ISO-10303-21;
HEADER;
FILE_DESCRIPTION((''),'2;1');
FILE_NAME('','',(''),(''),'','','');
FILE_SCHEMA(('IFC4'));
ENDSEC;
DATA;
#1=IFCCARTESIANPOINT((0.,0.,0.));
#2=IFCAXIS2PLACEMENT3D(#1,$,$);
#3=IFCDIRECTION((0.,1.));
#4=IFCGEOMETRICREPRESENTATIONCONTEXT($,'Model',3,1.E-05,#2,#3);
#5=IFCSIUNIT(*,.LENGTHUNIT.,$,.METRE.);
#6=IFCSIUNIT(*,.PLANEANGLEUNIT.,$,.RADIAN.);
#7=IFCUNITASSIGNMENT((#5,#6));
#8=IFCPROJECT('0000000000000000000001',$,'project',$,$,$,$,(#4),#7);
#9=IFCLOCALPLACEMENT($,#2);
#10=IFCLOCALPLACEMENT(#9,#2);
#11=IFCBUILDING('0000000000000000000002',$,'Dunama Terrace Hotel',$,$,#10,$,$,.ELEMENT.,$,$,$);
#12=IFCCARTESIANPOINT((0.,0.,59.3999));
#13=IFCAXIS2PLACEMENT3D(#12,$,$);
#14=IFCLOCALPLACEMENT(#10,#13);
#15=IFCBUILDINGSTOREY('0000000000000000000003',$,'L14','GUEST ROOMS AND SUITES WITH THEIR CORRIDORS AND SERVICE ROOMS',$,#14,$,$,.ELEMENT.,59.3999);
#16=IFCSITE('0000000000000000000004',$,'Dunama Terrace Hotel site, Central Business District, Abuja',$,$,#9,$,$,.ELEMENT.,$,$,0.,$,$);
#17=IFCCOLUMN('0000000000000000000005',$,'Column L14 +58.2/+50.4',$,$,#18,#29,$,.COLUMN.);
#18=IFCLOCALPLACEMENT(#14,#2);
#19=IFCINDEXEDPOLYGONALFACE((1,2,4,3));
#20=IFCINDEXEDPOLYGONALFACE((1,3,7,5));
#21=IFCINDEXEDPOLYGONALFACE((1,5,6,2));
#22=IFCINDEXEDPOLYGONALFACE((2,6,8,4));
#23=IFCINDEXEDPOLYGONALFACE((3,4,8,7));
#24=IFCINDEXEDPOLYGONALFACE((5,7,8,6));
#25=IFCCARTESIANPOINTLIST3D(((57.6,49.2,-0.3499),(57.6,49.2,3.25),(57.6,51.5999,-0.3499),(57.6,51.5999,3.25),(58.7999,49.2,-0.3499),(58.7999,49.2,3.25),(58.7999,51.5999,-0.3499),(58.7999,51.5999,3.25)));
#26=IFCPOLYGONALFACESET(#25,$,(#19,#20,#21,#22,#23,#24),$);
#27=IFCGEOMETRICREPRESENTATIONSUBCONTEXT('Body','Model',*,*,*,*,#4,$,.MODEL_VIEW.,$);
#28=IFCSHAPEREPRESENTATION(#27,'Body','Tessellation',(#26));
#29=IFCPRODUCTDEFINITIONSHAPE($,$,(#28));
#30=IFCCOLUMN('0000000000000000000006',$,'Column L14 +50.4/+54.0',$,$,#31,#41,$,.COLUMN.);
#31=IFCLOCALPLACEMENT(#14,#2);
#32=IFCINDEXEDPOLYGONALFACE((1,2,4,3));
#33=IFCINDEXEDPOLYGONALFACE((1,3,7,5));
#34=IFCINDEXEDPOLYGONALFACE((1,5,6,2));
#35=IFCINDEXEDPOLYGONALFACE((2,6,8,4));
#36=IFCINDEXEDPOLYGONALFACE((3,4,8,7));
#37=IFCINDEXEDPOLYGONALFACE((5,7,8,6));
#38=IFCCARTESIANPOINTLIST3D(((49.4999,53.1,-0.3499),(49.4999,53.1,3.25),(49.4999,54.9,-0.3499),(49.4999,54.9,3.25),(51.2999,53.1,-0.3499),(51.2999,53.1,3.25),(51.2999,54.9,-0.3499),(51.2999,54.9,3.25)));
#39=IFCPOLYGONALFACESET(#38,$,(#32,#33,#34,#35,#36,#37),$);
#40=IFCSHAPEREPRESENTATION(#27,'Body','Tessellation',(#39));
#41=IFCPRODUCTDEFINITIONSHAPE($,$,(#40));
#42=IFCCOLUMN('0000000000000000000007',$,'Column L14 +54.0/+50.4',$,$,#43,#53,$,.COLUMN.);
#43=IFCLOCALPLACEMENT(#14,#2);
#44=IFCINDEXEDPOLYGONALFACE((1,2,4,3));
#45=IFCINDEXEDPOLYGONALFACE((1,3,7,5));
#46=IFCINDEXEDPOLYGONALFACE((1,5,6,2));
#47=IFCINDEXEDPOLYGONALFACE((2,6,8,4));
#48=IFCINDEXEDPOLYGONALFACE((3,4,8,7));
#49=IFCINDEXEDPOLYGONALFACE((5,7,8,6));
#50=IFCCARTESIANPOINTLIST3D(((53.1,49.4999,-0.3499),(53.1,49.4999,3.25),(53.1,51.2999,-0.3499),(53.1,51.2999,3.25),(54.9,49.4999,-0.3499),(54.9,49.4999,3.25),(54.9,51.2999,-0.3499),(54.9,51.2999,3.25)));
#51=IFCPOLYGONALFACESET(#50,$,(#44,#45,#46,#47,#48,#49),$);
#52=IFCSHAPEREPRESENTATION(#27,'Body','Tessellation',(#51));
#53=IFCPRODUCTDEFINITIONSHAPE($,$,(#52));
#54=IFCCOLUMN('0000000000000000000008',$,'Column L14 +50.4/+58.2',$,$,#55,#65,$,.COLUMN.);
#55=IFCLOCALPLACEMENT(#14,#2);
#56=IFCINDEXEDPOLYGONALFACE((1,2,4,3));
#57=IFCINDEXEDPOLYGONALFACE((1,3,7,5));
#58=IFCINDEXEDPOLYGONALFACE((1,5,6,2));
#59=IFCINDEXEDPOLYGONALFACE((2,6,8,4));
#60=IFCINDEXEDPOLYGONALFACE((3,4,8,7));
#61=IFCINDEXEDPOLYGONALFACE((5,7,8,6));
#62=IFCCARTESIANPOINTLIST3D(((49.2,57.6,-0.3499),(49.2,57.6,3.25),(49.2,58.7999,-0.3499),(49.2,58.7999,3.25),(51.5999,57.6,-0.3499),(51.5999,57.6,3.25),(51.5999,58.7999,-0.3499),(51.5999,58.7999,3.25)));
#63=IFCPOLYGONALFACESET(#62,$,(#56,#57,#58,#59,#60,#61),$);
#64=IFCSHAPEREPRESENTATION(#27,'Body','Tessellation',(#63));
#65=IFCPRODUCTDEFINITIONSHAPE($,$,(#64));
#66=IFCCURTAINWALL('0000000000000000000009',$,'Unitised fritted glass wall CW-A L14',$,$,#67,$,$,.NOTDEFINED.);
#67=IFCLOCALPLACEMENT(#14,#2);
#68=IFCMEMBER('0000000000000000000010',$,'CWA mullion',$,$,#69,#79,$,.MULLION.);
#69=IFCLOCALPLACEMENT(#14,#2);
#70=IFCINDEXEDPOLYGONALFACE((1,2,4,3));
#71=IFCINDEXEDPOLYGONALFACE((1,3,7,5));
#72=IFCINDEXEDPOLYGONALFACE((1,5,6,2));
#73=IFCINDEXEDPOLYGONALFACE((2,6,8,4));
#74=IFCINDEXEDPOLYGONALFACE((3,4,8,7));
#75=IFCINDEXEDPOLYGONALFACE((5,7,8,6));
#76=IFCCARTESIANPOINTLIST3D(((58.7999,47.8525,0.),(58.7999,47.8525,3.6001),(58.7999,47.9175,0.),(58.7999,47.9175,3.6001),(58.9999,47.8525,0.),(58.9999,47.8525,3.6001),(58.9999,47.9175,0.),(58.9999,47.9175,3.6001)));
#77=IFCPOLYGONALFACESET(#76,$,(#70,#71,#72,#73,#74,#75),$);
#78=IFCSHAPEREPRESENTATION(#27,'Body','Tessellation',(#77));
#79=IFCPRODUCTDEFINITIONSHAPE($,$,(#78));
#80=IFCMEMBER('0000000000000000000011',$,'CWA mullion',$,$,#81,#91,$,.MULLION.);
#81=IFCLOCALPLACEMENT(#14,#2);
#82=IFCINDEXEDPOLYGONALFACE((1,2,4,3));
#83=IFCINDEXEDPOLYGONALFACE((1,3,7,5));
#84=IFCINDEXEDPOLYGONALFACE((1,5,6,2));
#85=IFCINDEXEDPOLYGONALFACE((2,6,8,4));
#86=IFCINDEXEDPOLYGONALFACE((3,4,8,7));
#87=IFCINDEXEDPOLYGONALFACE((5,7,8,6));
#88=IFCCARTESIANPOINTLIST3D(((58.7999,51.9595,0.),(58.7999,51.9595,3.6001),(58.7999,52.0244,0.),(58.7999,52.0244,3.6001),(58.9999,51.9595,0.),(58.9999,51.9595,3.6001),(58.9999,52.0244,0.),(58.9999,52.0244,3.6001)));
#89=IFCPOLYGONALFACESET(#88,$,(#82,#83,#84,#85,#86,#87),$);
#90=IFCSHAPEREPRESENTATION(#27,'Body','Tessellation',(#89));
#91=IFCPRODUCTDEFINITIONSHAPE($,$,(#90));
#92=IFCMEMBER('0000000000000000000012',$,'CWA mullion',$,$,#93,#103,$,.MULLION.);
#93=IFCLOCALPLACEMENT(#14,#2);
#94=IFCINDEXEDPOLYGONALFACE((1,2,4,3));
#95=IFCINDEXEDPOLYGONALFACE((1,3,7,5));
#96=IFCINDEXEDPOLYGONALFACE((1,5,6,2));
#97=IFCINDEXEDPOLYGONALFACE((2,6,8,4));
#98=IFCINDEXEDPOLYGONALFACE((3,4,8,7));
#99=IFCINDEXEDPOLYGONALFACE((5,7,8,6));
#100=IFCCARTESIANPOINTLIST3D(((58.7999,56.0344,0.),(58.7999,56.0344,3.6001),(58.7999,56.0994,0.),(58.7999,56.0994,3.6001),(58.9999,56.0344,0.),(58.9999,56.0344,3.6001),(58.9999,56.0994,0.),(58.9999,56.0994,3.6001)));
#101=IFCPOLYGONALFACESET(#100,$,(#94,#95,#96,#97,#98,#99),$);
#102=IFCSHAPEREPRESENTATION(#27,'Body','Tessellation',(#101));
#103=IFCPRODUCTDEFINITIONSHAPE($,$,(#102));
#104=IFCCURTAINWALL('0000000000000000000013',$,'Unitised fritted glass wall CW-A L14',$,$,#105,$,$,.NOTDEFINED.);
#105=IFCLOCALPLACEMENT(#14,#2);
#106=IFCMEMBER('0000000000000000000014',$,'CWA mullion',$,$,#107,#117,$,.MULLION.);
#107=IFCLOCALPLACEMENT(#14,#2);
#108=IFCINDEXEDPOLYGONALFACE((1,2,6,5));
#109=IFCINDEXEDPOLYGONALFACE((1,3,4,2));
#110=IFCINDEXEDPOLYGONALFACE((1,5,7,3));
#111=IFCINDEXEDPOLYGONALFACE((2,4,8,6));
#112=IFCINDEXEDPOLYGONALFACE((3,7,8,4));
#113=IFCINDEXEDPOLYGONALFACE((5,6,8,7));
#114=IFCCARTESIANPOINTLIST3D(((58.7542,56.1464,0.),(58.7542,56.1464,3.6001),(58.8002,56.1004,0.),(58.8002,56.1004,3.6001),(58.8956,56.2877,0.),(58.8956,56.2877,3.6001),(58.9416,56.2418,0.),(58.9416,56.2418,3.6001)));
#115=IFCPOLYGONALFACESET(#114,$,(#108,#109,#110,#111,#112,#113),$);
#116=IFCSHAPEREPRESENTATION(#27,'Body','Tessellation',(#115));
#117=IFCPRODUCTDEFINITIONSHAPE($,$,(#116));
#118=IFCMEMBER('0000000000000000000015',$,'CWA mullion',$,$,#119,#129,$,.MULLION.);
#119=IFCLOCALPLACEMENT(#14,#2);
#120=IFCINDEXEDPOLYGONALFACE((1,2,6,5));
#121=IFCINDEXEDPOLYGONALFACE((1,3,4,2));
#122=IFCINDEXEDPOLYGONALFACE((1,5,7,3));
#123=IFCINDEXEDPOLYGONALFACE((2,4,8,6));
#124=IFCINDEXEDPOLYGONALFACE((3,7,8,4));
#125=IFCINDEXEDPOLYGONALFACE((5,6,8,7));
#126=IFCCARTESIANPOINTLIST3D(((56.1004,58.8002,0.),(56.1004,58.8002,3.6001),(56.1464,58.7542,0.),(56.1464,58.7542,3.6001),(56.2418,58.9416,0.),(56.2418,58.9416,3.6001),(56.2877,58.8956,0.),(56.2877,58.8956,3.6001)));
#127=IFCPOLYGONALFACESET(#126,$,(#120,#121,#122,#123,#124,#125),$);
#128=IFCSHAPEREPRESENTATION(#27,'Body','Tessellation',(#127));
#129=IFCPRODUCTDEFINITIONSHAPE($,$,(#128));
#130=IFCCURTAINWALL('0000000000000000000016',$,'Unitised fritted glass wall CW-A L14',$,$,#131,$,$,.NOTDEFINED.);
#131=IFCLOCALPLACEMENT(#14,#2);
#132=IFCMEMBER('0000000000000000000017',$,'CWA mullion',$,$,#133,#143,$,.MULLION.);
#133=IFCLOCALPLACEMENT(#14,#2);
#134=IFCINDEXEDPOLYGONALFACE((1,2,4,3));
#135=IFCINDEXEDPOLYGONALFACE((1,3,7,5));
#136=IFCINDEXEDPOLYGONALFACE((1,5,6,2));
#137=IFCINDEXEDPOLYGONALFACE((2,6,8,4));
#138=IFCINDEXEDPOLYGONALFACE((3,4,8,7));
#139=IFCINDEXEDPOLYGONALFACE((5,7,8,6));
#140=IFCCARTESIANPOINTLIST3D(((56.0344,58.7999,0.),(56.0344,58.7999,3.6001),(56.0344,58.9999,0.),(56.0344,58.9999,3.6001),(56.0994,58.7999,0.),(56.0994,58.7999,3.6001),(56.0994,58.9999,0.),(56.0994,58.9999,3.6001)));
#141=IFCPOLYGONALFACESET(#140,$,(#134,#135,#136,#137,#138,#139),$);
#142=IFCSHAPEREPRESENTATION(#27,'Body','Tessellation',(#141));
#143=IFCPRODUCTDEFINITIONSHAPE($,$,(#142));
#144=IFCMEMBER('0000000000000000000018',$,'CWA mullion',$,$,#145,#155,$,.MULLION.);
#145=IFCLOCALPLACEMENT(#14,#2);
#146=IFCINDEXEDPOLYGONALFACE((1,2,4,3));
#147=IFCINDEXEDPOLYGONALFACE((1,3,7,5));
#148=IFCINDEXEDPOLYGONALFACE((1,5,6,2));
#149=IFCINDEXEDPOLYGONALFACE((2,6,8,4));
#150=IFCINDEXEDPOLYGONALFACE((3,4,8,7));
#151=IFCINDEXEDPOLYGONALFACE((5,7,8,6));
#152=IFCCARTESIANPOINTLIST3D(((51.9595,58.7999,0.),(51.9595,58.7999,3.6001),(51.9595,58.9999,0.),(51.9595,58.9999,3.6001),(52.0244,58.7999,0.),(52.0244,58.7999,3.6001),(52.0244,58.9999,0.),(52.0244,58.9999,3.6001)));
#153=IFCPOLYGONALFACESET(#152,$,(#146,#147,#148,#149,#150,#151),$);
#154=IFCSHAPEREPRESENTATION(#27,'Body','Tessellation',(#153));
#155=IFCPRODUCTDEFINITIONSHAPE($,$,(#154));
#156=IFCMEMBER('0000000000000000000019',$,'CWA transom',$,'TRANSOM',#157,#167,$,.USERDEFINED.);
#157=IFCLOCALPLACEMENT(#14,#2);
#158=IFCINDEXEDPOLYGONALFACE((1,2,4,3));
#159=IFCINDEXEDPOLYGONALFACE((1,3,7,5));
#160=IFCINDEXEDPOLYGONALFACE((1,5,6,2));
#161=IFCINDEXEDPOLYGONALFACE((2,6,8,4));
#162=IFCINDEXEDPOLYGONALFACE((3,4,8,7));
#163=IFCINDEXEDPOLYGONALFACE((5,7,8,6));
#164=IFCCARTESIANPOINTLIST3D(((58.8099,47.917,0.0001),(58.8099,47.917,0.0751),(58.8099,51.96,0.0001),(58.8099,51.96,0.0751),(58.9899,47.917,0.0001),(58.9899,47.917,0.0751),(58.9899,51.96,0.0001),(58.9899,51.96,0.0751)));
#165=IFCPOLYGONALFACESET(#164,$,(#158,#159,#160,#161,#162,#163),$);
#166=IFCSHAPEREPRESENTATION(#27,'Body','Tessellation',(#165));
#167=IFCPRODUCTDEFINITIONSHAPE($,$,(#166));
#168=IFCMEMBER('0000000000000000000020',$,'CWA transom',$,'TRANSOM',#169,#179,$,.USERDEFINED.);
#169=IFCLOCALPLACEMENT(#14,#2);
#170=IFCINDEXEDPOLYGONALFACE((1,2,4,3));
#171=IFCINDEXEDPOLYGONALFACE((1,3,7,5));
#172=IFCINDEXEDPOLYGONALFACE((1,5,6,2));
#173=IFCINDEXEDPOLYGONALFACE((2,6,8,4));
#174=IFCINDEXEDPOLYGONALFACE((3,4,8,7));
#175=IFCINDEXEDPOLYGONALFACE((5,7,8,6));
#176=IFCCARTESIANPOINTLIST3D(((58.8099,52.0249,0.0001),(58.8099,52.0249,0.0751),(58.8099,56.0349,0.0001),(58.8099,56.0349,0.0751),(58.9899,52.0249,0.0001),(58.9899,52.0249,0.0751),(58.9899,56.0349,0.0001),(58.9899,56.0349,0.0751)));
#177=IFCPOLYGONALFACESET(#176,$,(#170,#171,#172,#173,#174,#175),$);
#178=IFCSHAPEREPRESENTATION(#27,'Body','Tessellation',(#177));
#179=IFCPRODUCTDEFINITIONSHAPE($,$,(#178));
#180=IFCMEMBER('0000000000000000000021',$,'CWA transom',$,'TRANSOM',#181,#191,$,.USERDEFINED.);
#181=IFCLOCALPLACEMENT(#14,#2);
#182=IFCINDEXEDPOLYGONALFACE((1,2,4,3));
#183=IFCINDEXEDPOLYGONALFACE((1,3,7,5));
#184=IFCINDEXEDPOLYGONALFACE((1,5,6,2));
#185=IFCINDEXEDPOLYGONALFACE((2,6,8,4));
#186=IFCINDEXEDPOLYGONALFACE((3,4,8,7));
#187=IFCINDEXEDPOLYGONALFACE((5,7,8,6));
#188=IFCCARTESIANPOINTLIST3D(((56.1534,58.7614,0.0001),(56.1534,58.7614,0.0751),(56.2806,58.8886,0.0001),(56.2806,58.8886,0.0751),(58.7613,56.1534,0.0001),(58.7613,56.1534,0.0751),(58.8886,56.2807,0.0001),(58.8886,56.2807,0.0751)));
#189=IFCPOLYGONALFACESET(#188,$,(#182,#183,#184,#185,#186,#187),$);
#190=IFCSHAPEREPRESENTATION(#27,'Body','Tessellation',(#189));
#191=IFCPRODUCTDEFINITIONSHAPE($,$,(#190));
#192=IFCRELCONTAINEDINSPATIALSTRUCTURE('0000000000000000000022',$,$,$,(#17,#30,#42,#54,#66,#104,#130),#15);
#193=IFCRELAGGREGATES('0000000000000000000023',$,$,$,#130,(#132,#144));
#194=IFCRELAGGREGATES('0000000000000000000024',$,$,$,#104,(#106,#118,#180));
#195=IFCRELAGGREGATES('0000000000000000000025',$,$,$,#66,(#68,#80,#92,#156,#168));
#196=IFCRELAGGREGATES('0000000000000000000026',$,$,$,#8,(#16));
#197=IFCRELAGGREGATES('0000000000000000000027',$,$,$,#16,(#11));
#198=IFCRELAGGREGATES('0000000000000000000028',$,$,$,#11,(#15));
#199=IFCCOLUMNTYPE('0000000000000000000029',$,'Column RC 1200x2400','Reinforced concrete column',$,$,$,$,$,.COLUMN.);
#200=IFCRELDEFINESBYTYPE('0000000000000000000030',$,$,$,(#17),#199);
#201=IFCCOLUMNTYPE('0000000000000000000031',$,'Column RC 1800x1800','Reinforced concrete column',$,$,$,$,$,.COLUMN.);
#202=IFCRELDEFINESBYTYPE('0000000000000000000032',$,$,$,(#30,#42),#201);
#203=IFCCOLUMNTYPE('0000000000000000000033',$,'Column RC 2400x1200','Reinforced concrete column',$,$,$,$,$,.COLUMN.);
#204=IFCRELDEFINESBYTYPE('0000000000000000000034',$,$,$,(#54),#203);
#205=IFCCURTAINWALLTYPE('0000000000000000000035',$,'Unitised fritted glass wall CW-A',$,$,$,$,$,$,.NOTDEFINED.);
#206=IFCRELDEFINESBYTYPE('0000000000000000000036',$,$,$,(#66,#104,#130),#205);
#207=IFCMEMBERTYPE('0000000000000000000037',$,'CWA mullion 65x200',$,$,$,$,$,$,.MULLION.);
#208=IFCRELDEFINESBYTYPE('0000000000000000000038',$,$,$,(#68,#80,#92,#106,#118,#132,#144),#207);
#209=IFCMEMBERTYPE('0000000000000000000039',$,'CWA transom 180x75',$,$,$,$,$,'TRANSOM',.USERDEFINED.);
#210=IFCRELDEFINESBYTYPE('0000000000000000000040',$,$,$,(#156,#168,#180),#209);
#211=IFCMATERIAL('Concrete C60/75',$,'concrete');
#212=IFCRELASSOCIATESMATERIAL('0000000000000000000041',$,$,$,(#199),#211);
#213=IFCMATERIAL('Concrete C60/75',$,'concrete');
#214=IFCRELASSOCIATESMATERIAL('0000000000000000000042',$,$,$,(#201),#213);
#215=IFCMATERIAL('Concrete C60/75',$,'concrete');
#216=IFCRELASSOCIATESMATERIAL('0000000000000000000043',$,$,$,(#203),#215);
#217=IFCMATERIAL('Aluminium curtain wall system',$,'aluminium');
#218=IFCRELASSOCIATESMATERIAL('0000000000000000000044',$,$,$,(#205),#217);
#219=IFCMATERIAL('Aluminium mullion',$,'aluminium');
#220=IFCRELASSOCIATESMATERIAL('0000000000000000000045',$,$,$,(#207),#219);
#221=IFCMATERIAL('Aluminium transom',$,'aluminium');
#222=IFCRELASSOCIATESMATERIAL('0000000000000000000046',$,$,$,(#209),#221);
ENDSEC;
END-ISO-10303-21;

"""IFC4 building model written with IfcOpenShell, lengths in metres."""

from ifc_helpers import new_model, si_unit, direction, frame, origin, origin_2d, place, context, subcontext, project, spatial, rectangle, extrude, material, material_profile, profile_set, type_object, element, aggregate, save


model = new_model("IFC4")

# Units and contexts
model_context = context("Model", 3, precision=1e-05, world=origin(), true_north=direction((0.0, 1.0)))
body_context = subcontext(model_context, "Body", "Model", "MODEL_VIEW")
ifc_project = project(units=[si_unit("LENGTHUNIT", "METRE"), si_unit("PLANEANGLEUNIT", "RADIAN")], contexts=[model_context])

# Site, building, storey
site_placement = place(None, origin())
site = spatial("IfcSite", under=ifc_project, at=site_placement, Name="Dunama Terrace Hotel site, Central Business District, Abuja", CompositionType="ELEMENT", RefElevation=0.0)
building_placement = place(site_placement, origin())
building = spatial("IfcBuilding", under=site, at=building_placement, Name="Dunama Terrace Hotel", CompositionType="ELEMENT")
storey_placement = place(building_placement, frame((0.0, 0.0, 59.3999)))
storey = spatial("IfcBuildingStorey", under=building, at=storey_placement, Name="L14", Description="GUEST ROOMS AND SUITES WITH THEIR CORRIDORS AND SERVICE ROOMS", CompositionType="ELEMENT", Elevation=59.3999)

# Columns
ifc_material_1 = material(Name="Concrete C60/75", Category="concrete")
ifc_material_profile_1 = material_profile(ifc_material_1, rectangle(XDim=1.2, YDim=2.3999, at=origin_2d()), Name="RC 1200x2400")
ifc_profile_set_1 = profile_set([ifc_material_profile_1], Name="Concrete C60/75")
column_type_1 = type_object("IfcColumnType", Name="Column RC 1200x2400", Description="Reinforced concrete column", PredefinedType="COLUMN", material=ifc_profile_set_1)
column_1_placement = place(storey_placement, frame((58.2, 50.3999, -0.3499), z_axis=(0.0, 0.0, 1.0), x_axis=(1.0, 0.0, 0.0)))
element("IfcColumn", 1, at=column_1_placement, inside=storey, type_object=column_type_1, Name="Column L14 +58.2/+50.4", PredefinedType="COLUMN", context=body_context, shape_type="SweptSolid", body=[
    extrude(rectangle(XDim=1.2, YDim=2.3999, at=origin_2d()), origin(), (0.0, 0.0, 1.0), 3.5999),
])
ifc_material_2 = material(Name="Concrete C60/75", Category="concrete")
ifc_material_profile_2 = material_profile(ifc_material_2, rectangle(XDim=1.8, YDim=1.8, at=origin_2d()), Name="RC 1800x1800")
ifc_profile_set_2 = profile_set([ifc_material_profile_2], Name="Concrete C60/75")
column_type_2 = type_object("IfcColumnType", Name="Column RC 1800x1800", Description="Reinforced concrete column", PredefinedType="COLUMN", material=ifc_profile_set_2)
for number, where, z_axis, x_axis, name in (
    (2, (50.3999, 54.0, -0.3499), (0.0, 0.0, 1.0), (1.0, 0.0, 0.0), "Column L14 +50.4/+54.0"),
    (3, (54.0, 50.3999, -0.3499), (0.0, 0.0, 1.0), (1.0, 0.0, 0.0), "Column L14 +54.0/+50.4"),
):
    element("IfcColumn", number, at=place(storey_placement, frame(where, z_axis=z_axis, x_axis=x_axis)), inside=storey, type_object=column_type_2, Name=name, PredefinedType="COLUMN", context=body_context, shape_type="SweptSolid", body=[
        extrude(rectangle(XDim=1.8, YDim=1.8, at=origin_2d()), origin(), (0.0, 0.0, 1.0), 3.5999),
    ])
ifc_material_3 = material(Name="Concrete C60/75", Category="concrete")
ifc_material_profile_3 = material_profile(ifc_material_3, rectangle(XDim=2.3999, YDim=1.2, at=origin_2d()), Name="RC 2400x1200")
ifc_profile_set_3 = profile_set([ifc_material_profile_3], Name="Concrete C60/75")
column_type_3 = type_object("IfcColumnType", Name="Column RC 2400x1200", Description="Reinforced concrete column", PredefinedType="COLUMN", material=ifc_profile_set_3)
column_2_placement = place(storey_placement, frame((50.3999, 58.2, -0.3499), z_axis=(0.0, 0.0, 1.0), x_axis=(1.0, 0.0, 0.0)))
element("IfcColumn", 4, at=column_2_placement, inside=storey, type_object=column_type_3, Name="Column L14 +50.4/+58.2", PredefinedType="COLUMN", context=body_context, shape_type="SweptSolid", body=[
    extrude(rectangle(XDim=2.3999, YDim=1.2, at=origin_2d()), origin(), (0.0, 0.0, 1.0), 3.5999),
])

# Curtain walls, members
ifc_material_4 = material(Name="Aluminium curtain wall system", Category="aluminium")
curtain_wall_type = type_object("IfcCurtainWallType", Name="Unitised fritted glass wall CW-A", PredefinedType="NOTDEFINED", material=ifc_material_4)
curtain_wall_1_placement = place(storey_placement, origin())
curtain_wall_1 = element("IfcCurtainWall", 5, at=curtain_wall_1_placement, inside=storey, type_object=curtain_wall_type, Name="Unitised fritted glass wall CW-A L14", PredefinedType="NOTDEFINED")
ifc_material_5 = material(Name="Aluminium mullion", Category="aluminium")
ifc_material_profile_4 = material_profile(ifc_material_5, rectangle(XDim=0.0649, YDim=0.2, at=origin_2d()), Name="CWA MULLION 65X200")
ifc_profile_set_4 = profile_set([ifc_material_profile_4], Name="Aluminium mullion")
member_type_1 = type_object("IfcMemberType", Name="CWA mullion 65x200", PredefinedType="MULLION", material=ifc_profile_set_4)
member_1_placement = place(storey_placement, frame((58.8999, 47.885, 0.0), z_axis=(0.0, 0.0, 1.0), x_axis=(0.0, 1.0, 0.0)))
member_1 = element("IfcMember", 6, at=member_1_placement, type_object=member_type_1, Name="CWA mullion", PredefinedType="MULLION", context=body_context, shape_type="SweptSolid", body=[
    extrude(rectangle(XDim=0.0649, YDim=0.2, at=origin_2d()), origin(), (0.0, 0.0, 1.0), 3.6001),
])
member_2_placement = place(storey_placement, frame((58.8999, 51.9919, 0.0), z_axis=(0.0, 0.0, 1.0), x_axis=(0.0, 1.0, 0.0)))
member_2 = element("IfcMember", 7, at=member_2_placement, type_object=member_type_1, Name="CWA mullion", PredefinedType="MULLION", context=body_context, shape_type="SweptSolid", body=[
    extrude(rectangle(XDim=0.0649, YDim=0.2, at=origin_2d()), origin(), (0.0, 0.0, 1.0), 3.6001),
])
member_3_placement = place(storey_placement, frame((58.8999, 56.0669, 0.0), z_axis=(0.0, 0.0, 1.0), x_axis=(0.0, 1.0, 0.0)))
member_3 = element("IfcMember", 8, at=member_3_placement, type_object=member_type_1, Name="CWA mullion", PredefinedType="MULLION", context=body_context, shape_type="SweptSolid", body=[
    extrude(rectangle(XDim=0.0649, YDim=0.2, at=origin_2d()), origin(), (0.0, 0.0, 1.0), 3.6001),
])
curtain_wall_2_placement = place(storey_placement, origin())
curtain_wall_2 = element("IfcCurtainWall", 9, at=curtain_wall_2_placement, inside=storey, type_object=curtain_wall_type, Name="Unitised fritted glass wall CW-A L14", PredefinedType="NOTDEFINED")
member_4_placement = place(storey_placement, frame((58.8479, 56.1941, 0.0), z_axis=(0.0, 0.0, 1.0), x_axis=(-0.707107, 0.707107, 0.0)))
member_4 = element("IfcMember", 10, at=member_4_placement, type_object=member_type_1, Name="CWA mullion", PredefinedType="MULLION", context=body_context, shape_type="SweptSolid", body=[
    extrude(rectangle(XDim=0.0649, YDim=0.2, at=origin_2d()), origin(), (0.0, 0.0, 1.0), 3.6001),
])
member_5_placement = place(storey_placement, frame((56.1941, 58.8479, 0.0), z_axis=(0.0, 0.0, 1.0), x_axis=(-0.707107, 0.707107, 0.0)))
member_5 = element("IfcMember", 11, at=member_5_placement, type_object=member_type_1, Name="CWA mullion", PredefinedType="MULLION", context=body_context, shape_type="SweptSolid", body=[
    extrude(rectangle(XDim=0.0649, YDim=0.2, at=origin_2d()), origin(), (0.0, 0.0, 1.0), 3.6001),
])
curtain_wall_3_placement = place(storey_placement, origin())
curtain_wall_3 = element("IfcCurtainWall", 12, at=curtain_wall_3_placement, inside=storey, type_object=curtain_wall_type, Name="Unitised fritted glass wall CW-A L14", PredefinedType="NOTDEFINED")
member_6_placement = place(storey_placement, frame((56.0669, 58.8999, 0.0), z_axis=(0.0, 0.0, 1.0), x_axis=(-1.0, 0.0, 0.0)))
member_6 = element("IfcMember", 13, at=member_6_placement, type_object=member_type_1, Name="CWA mullion", PredefinedType="MULLION", context=body_context, shape_type="SweptSolid", body=[
    extrude(rectangle(XDim=0.0649, YDim=0.2, at=origin_2d()), origin(), (0.0, 0.0, 1.0), 3.6001),
])
member_7_placement = place(storey_placement, frame((51.9919, 58.8999, 0.0), z_axis=(0.0, 0.0, 1.0), x_axis=(-1.0, 0.0, 0.0)))
member_7 = element("IfcMember", 14, at=member_7_placement, type_object=member_type_1, Name="CWA mullion", PredefinedType="MULLION", context=body_context, shape_type="SweptSolid", body=[
    extrude(rectangle(XDim=0.0649, YDim=0.2, at=origin_2d()), origin(), (0.0, 0.0, 1.0), 3.6001),
])

# Members
ifc_material_6 = material(Name="Aluminium transom", Category="aluminium")
ifc_material_profile_5 = material_profile(ifc_material_6, rectangle(XDim=0.1799, YDim=0.075, at=origin_2d()), Name="CWA TRANSOM 180X75")
ifc_profile_set_5 = profile_set([ifc_material_profile_5], Name="Aluminium transom")
member_type_2 = type_object("IfcMemberType", Name="CWA transom 180x75", ElementType="TRANSOM", PredefinedType="USERDEFINED", material=ifc_profile_set_5)
member_8_placement = place(storey_placement, frame((58.8999, 47.917, 0.0376), z_axis=(0.0, 1.0, 0.0), x_axis=(-1.0, 0.0, 0.0)))
member_8 = element("IfcMember", 15, at=member_8_placement, type_object=member_type_2, Name="CWA transom", ObjectType="TRANSOM", PredefinedType="USERDEFINED", context=body_context, shape_type="SweptSolid", body=[
    extrude(rectangle(XDim=0.1799, YDim=0.075, at=origin_2d()), origin(), (0.0, 0.0, 1.0), 4.043),
])
member_9_placement = place(storey_placement, frame((58.8999, 52.0249, 0.0376), z_axis=(0.0, 1.0, 0.0), x_axis=(-1.0, 0.0, 0.0)))
member_9 = element("IfcMember", 16, at=member_9_placement, type_object=member_type_2, Name="CWA transom", ObjectType="TRANSOM", PredefinedType="USERDEFINED", context=body_context, shape_type="SweptSolid", body=[
    extrude(rectangle(XDim=0.1799, YDim=0.075, at=origin_2d()), origin(), (0.0, 0.0, 1.0), 4.01),
])
member_10_placement = place(storey_placement, frame((58.825, 56.217, 0.0376), z_axis=(-0.707107, 0.707107, 0.0), x_axis=(-0.707107, -0.707107, 0.0)))
member_10 = element("IfcMember", 17, at=member_10_placement, type_object=member_type_2, Name="CWA transom", ObjectType="TRANSOM", PredefinedType="USERDEFINED", context=body_context, shape_type="SweptSolid", body=[
    extrude(rectangle(XDim=0.1799, YDim=0.075, at=origin_2d()), origin(), (0.0, 0.0, 1.0), 3.6882),
])

aggregate(curtain_wall_3, [member_6, member_7])
aggregate(curtain_wall_2, [member_4, member_5, member_10])
aggregate(curtain_wall_1, [member_1, member_2, member_3, member_8, member_9])

save(model, "model.ifc")
